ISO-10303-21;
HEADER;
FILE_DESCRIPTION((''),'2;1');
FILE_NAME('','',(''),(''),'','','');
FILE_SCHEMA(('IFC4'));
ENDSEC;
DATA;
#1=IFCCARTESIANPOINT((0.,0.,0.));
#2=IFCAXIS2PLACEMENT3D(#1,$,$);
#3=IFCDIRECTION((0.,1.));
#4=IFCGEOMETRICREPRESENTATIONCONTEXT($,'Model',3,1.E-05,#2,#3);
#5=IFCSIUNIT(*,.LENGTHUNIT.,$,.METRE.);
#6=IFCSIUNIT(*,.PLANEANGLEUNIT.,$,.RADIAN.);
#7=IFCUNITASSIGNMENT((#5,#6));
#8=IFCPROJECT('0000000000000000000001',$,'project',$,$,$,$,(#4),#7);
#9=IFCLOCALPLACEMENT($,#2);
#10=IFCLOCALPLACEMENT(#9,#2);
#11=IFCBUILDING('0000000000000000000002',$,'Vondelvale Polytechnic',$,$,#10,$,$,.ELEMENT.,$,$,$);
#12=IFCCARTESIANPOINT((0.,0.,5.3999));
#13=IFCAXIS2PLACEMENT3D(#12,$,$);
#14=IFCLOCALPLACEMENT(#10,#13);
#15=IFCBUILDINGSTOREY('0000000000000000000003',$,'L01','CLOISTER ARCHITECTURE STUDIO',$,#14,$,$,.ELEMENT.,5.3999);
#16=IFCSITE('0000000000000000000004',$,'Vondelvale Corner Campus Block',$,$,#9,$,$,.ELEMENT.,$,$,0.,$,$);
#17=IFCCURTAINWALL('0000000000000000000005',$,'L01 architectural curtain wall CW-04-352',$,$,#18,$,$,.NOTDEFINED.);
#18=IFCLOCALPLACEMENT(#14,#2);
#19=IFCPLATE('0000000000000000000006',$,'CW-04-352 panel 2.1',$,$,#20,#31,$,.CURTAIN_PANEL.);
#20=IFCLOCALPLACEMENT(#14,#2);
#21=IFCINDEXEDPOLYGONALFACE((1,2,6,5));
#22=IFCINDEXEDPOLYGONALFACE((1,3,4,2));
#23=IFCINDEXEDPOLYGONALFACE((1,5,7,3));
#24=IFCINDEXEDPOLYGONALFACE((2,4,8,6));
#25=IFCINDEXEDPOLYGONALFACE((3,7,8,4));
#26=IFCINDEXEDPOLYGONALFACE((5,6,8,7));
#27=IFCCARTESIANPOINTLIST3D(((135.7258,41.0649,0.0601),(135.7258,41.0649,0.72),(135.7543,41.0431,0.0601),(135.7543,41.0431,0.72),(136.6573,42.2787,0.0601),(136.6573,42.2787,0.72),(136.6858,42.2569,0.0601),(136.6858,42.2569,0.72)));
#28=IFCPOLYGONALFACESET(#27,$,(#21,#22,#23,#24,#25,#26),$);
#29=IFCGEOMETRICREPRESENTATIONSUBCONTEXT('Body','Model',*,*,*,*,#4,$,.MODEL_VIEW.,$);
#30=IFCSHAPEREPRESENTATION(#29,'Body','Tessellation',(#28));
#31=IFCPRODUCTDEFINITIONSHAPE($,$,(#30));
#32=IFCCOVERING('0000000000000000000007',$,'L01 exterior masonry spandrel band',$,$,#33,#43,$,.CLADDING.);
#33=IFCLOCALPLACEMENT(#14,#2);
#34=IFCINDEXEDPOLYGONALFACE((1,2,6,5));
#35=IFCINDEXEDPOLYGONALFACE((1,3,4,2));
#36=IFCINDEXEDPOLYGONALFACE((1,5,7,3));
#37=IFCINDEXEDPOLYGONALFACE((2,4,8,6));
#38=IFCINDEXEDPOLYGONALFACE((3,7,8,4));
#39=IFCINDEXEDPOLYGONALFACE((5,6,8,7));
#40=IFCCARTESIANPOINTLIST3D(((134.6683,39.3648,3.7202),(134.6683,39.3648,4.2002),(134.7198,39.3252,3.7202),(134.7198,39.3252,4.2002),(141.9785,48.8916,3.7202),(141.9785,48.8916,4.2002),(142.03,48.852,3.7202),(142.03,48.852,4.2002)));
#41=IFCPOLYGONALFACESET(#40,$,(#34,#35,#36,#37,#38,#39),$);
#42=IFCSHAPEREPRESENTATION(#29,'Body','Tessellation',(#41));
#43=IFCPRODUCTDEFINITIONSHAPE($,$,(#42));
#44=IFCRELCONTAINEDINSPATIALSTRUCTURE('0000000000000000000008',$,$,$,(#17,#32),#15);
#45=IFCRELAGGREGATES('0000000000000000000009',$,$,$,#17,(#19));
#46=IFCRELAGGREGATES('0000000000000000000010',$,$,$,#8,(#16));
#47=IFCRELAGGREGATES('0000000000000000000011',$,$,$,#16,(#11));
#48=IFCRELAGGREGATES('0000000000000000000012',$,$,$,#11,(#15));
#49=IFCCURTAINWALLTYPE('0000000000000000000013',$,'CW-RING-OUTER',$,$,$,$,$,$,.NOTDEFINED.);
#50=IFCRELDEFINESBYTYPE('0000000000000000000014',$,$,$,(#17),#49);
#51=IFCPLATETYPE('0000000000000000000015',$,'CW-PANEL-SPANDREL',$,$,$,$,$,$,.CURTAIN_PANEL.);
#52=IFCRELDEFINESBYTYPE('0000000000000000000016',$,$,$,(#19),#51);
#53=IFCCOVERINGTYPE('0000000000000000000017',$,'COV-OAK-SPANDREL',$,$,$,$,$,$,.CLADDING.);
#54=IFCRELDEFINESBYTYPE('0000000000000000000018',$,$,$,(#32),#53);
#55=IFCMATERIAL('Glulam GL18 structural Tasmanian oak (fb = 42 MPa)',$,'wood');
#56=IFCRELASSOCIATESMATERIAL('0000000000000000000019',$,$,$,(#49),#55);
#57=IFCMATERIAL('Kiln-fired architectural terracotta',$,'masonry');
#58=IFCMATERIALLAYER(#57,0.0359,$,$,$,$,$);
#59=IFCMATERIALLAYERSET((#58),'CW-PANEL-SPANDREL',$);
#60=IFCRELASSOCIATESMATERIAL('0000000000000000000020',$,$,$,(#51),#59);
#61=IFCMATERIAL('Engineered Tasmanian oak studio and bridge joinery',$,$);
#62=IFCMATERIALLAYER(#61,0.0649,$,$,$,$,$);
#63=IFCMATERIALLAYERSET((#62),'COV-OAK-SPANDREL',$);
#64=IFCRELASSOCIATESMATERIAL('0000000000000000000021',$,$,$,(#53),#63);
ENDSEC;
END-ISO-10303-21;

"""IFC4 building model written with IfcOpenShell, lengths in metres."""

from ifc_helpers import new_model, si_unit, direction, frame, origin, origin_2d, place, context, subcontext, project, spatial, rectangle, extrude, material, layer, layer_set, type_object, element, aggregate, save


model = new_model("IFC4")

# Units and contexts
model_context = context("Model", 3, precision=1e-05, world=origin(), true_north=direction((0.0, 1.0)))
body_context = subcontext(model_context, "Body", "Model", "MODEL_VIEW")
ifc_project = project(units=[si_unit("LENGTHUNIT", "METRE"), si_unit("PLANEANGLEUNIT", "RADIAN")], contexts=[model_context])

# Site, building, storey
site_placement = place(None, origin())
site = spatial("IfcSite", under=ifc_project, at=site_placement, Name="Vondelvale Corner Campus Block", CompositionType="ELEMENT", RefElevation=0.0)
building_placement = place(site_placement, origin())
building = spatial("IfcBuilding", under=site, at=building_placement, Name="Vondelvale Polytechnic", CompositionType="ELEMENT")
storey_placement = place(building_placement, frame((0.0, 0.0, 5.3999)))
storey = spatial("IfcBuildingStorey", under=building, at=storey_placement, Name="L01", Description="CLOISTER ARCHITECTURE STUDIO", CompositionType="ELEMENT", Elevation=5.3999)

# Shared definitions
ifc_material_1 = material(Name="Glulam GL18 structural Tasmanian oak (fb = 42 MPa)", Category="wood")

# Curtain wall
curtain_wall_type = type_object("IfcCurtainWallType", Name="CW-RING-OUTER", PredefinedType="NOTDEFINED", material=ifc_material_1)
curtain_wall_1_placement = place(storey_placement, origin())
curtain_wall_1 = element("IfcCurtainWall", 1, at=curtain_wall_1_placement, inside=storey, type_object=curtain_wall_type, Name="L01 architectural curtain wall CW-04-352", PredefinedType="NOTDEFINED")

# Plate
ifc_material_2 = material(Name="Engineered Tasmanian oak studio and bridge joinery")
ifc_material_3 = material(Name="Kiln-fired architectural terracotta", Category="masonry")
ifc_layer_1 = layer(ifc_material_3, 0.0359)
ifc_layer_set_1 = layer_set([ifc_layer_1], Name="CW-PANEL-SPANDREL")
plate_type_1 = type_object("IfcPlateType", Name="CW-PANEL-SPANDREL", PredefinedType="CURTAIN_PANEL", material=ifc_layer_set_1)
plate_1_placement = place(storey_placement, frame((136.2058, 41.6609, 0.0601), z_axis=(0.0, 0.0, 1.0), x_axis=(0.608787, 0.793334, 0.0)))
plate_1 = element("IfcPlate", 2, at=plate_1_placement, type_object=plate_type_1, Name="CW-04-352 panel 2.1", PredefinedType="CURTAIN_PANEL", context=body_context, shape_type="SweptSolid", body=[
    extrude(rectangle(XDim=1.53, YDim=0.0359, at=origin_2d()), origin(), (0.0, 0.0, 1.0), 0.6599),
])
aggregate(curtain_wall_1, [plate_1])

# Covering
ifc_layer_2 = layer(ifc_material_2, 0.0649)
ifc_layer_set_2 = layer_set([ifc_layer_2], Name="COV-OAK-SPANDREL")
covering_type = type_object("IfcCoveringType", Name="COV-OAK-SPANDREL", PredefinedType="CLADDING", material=ifc_layer_set_2)
covering_placement = place(storey_placement, frame((138.3491, 44.1084, 3.7202), z_axis=(0.0, 0.0, 1.0), x_axis=(0.608761, 0.793353, 0.0)))
element("IfcCovering", 3, at=covering_placement, inside=storey, type_object=covering_type, Name="L01 exterior masonry spandrel band", PredefinedType="CLADDING", context=body_context, shape_type="SweptSolid", body=[
    extrude(rectangle(XDim=12.0083, YDim=0.0649, at=origin_2d()), origin(), (0.0, 0.0, 1.0), 0.48),
])

save(model, "model.ifc")
